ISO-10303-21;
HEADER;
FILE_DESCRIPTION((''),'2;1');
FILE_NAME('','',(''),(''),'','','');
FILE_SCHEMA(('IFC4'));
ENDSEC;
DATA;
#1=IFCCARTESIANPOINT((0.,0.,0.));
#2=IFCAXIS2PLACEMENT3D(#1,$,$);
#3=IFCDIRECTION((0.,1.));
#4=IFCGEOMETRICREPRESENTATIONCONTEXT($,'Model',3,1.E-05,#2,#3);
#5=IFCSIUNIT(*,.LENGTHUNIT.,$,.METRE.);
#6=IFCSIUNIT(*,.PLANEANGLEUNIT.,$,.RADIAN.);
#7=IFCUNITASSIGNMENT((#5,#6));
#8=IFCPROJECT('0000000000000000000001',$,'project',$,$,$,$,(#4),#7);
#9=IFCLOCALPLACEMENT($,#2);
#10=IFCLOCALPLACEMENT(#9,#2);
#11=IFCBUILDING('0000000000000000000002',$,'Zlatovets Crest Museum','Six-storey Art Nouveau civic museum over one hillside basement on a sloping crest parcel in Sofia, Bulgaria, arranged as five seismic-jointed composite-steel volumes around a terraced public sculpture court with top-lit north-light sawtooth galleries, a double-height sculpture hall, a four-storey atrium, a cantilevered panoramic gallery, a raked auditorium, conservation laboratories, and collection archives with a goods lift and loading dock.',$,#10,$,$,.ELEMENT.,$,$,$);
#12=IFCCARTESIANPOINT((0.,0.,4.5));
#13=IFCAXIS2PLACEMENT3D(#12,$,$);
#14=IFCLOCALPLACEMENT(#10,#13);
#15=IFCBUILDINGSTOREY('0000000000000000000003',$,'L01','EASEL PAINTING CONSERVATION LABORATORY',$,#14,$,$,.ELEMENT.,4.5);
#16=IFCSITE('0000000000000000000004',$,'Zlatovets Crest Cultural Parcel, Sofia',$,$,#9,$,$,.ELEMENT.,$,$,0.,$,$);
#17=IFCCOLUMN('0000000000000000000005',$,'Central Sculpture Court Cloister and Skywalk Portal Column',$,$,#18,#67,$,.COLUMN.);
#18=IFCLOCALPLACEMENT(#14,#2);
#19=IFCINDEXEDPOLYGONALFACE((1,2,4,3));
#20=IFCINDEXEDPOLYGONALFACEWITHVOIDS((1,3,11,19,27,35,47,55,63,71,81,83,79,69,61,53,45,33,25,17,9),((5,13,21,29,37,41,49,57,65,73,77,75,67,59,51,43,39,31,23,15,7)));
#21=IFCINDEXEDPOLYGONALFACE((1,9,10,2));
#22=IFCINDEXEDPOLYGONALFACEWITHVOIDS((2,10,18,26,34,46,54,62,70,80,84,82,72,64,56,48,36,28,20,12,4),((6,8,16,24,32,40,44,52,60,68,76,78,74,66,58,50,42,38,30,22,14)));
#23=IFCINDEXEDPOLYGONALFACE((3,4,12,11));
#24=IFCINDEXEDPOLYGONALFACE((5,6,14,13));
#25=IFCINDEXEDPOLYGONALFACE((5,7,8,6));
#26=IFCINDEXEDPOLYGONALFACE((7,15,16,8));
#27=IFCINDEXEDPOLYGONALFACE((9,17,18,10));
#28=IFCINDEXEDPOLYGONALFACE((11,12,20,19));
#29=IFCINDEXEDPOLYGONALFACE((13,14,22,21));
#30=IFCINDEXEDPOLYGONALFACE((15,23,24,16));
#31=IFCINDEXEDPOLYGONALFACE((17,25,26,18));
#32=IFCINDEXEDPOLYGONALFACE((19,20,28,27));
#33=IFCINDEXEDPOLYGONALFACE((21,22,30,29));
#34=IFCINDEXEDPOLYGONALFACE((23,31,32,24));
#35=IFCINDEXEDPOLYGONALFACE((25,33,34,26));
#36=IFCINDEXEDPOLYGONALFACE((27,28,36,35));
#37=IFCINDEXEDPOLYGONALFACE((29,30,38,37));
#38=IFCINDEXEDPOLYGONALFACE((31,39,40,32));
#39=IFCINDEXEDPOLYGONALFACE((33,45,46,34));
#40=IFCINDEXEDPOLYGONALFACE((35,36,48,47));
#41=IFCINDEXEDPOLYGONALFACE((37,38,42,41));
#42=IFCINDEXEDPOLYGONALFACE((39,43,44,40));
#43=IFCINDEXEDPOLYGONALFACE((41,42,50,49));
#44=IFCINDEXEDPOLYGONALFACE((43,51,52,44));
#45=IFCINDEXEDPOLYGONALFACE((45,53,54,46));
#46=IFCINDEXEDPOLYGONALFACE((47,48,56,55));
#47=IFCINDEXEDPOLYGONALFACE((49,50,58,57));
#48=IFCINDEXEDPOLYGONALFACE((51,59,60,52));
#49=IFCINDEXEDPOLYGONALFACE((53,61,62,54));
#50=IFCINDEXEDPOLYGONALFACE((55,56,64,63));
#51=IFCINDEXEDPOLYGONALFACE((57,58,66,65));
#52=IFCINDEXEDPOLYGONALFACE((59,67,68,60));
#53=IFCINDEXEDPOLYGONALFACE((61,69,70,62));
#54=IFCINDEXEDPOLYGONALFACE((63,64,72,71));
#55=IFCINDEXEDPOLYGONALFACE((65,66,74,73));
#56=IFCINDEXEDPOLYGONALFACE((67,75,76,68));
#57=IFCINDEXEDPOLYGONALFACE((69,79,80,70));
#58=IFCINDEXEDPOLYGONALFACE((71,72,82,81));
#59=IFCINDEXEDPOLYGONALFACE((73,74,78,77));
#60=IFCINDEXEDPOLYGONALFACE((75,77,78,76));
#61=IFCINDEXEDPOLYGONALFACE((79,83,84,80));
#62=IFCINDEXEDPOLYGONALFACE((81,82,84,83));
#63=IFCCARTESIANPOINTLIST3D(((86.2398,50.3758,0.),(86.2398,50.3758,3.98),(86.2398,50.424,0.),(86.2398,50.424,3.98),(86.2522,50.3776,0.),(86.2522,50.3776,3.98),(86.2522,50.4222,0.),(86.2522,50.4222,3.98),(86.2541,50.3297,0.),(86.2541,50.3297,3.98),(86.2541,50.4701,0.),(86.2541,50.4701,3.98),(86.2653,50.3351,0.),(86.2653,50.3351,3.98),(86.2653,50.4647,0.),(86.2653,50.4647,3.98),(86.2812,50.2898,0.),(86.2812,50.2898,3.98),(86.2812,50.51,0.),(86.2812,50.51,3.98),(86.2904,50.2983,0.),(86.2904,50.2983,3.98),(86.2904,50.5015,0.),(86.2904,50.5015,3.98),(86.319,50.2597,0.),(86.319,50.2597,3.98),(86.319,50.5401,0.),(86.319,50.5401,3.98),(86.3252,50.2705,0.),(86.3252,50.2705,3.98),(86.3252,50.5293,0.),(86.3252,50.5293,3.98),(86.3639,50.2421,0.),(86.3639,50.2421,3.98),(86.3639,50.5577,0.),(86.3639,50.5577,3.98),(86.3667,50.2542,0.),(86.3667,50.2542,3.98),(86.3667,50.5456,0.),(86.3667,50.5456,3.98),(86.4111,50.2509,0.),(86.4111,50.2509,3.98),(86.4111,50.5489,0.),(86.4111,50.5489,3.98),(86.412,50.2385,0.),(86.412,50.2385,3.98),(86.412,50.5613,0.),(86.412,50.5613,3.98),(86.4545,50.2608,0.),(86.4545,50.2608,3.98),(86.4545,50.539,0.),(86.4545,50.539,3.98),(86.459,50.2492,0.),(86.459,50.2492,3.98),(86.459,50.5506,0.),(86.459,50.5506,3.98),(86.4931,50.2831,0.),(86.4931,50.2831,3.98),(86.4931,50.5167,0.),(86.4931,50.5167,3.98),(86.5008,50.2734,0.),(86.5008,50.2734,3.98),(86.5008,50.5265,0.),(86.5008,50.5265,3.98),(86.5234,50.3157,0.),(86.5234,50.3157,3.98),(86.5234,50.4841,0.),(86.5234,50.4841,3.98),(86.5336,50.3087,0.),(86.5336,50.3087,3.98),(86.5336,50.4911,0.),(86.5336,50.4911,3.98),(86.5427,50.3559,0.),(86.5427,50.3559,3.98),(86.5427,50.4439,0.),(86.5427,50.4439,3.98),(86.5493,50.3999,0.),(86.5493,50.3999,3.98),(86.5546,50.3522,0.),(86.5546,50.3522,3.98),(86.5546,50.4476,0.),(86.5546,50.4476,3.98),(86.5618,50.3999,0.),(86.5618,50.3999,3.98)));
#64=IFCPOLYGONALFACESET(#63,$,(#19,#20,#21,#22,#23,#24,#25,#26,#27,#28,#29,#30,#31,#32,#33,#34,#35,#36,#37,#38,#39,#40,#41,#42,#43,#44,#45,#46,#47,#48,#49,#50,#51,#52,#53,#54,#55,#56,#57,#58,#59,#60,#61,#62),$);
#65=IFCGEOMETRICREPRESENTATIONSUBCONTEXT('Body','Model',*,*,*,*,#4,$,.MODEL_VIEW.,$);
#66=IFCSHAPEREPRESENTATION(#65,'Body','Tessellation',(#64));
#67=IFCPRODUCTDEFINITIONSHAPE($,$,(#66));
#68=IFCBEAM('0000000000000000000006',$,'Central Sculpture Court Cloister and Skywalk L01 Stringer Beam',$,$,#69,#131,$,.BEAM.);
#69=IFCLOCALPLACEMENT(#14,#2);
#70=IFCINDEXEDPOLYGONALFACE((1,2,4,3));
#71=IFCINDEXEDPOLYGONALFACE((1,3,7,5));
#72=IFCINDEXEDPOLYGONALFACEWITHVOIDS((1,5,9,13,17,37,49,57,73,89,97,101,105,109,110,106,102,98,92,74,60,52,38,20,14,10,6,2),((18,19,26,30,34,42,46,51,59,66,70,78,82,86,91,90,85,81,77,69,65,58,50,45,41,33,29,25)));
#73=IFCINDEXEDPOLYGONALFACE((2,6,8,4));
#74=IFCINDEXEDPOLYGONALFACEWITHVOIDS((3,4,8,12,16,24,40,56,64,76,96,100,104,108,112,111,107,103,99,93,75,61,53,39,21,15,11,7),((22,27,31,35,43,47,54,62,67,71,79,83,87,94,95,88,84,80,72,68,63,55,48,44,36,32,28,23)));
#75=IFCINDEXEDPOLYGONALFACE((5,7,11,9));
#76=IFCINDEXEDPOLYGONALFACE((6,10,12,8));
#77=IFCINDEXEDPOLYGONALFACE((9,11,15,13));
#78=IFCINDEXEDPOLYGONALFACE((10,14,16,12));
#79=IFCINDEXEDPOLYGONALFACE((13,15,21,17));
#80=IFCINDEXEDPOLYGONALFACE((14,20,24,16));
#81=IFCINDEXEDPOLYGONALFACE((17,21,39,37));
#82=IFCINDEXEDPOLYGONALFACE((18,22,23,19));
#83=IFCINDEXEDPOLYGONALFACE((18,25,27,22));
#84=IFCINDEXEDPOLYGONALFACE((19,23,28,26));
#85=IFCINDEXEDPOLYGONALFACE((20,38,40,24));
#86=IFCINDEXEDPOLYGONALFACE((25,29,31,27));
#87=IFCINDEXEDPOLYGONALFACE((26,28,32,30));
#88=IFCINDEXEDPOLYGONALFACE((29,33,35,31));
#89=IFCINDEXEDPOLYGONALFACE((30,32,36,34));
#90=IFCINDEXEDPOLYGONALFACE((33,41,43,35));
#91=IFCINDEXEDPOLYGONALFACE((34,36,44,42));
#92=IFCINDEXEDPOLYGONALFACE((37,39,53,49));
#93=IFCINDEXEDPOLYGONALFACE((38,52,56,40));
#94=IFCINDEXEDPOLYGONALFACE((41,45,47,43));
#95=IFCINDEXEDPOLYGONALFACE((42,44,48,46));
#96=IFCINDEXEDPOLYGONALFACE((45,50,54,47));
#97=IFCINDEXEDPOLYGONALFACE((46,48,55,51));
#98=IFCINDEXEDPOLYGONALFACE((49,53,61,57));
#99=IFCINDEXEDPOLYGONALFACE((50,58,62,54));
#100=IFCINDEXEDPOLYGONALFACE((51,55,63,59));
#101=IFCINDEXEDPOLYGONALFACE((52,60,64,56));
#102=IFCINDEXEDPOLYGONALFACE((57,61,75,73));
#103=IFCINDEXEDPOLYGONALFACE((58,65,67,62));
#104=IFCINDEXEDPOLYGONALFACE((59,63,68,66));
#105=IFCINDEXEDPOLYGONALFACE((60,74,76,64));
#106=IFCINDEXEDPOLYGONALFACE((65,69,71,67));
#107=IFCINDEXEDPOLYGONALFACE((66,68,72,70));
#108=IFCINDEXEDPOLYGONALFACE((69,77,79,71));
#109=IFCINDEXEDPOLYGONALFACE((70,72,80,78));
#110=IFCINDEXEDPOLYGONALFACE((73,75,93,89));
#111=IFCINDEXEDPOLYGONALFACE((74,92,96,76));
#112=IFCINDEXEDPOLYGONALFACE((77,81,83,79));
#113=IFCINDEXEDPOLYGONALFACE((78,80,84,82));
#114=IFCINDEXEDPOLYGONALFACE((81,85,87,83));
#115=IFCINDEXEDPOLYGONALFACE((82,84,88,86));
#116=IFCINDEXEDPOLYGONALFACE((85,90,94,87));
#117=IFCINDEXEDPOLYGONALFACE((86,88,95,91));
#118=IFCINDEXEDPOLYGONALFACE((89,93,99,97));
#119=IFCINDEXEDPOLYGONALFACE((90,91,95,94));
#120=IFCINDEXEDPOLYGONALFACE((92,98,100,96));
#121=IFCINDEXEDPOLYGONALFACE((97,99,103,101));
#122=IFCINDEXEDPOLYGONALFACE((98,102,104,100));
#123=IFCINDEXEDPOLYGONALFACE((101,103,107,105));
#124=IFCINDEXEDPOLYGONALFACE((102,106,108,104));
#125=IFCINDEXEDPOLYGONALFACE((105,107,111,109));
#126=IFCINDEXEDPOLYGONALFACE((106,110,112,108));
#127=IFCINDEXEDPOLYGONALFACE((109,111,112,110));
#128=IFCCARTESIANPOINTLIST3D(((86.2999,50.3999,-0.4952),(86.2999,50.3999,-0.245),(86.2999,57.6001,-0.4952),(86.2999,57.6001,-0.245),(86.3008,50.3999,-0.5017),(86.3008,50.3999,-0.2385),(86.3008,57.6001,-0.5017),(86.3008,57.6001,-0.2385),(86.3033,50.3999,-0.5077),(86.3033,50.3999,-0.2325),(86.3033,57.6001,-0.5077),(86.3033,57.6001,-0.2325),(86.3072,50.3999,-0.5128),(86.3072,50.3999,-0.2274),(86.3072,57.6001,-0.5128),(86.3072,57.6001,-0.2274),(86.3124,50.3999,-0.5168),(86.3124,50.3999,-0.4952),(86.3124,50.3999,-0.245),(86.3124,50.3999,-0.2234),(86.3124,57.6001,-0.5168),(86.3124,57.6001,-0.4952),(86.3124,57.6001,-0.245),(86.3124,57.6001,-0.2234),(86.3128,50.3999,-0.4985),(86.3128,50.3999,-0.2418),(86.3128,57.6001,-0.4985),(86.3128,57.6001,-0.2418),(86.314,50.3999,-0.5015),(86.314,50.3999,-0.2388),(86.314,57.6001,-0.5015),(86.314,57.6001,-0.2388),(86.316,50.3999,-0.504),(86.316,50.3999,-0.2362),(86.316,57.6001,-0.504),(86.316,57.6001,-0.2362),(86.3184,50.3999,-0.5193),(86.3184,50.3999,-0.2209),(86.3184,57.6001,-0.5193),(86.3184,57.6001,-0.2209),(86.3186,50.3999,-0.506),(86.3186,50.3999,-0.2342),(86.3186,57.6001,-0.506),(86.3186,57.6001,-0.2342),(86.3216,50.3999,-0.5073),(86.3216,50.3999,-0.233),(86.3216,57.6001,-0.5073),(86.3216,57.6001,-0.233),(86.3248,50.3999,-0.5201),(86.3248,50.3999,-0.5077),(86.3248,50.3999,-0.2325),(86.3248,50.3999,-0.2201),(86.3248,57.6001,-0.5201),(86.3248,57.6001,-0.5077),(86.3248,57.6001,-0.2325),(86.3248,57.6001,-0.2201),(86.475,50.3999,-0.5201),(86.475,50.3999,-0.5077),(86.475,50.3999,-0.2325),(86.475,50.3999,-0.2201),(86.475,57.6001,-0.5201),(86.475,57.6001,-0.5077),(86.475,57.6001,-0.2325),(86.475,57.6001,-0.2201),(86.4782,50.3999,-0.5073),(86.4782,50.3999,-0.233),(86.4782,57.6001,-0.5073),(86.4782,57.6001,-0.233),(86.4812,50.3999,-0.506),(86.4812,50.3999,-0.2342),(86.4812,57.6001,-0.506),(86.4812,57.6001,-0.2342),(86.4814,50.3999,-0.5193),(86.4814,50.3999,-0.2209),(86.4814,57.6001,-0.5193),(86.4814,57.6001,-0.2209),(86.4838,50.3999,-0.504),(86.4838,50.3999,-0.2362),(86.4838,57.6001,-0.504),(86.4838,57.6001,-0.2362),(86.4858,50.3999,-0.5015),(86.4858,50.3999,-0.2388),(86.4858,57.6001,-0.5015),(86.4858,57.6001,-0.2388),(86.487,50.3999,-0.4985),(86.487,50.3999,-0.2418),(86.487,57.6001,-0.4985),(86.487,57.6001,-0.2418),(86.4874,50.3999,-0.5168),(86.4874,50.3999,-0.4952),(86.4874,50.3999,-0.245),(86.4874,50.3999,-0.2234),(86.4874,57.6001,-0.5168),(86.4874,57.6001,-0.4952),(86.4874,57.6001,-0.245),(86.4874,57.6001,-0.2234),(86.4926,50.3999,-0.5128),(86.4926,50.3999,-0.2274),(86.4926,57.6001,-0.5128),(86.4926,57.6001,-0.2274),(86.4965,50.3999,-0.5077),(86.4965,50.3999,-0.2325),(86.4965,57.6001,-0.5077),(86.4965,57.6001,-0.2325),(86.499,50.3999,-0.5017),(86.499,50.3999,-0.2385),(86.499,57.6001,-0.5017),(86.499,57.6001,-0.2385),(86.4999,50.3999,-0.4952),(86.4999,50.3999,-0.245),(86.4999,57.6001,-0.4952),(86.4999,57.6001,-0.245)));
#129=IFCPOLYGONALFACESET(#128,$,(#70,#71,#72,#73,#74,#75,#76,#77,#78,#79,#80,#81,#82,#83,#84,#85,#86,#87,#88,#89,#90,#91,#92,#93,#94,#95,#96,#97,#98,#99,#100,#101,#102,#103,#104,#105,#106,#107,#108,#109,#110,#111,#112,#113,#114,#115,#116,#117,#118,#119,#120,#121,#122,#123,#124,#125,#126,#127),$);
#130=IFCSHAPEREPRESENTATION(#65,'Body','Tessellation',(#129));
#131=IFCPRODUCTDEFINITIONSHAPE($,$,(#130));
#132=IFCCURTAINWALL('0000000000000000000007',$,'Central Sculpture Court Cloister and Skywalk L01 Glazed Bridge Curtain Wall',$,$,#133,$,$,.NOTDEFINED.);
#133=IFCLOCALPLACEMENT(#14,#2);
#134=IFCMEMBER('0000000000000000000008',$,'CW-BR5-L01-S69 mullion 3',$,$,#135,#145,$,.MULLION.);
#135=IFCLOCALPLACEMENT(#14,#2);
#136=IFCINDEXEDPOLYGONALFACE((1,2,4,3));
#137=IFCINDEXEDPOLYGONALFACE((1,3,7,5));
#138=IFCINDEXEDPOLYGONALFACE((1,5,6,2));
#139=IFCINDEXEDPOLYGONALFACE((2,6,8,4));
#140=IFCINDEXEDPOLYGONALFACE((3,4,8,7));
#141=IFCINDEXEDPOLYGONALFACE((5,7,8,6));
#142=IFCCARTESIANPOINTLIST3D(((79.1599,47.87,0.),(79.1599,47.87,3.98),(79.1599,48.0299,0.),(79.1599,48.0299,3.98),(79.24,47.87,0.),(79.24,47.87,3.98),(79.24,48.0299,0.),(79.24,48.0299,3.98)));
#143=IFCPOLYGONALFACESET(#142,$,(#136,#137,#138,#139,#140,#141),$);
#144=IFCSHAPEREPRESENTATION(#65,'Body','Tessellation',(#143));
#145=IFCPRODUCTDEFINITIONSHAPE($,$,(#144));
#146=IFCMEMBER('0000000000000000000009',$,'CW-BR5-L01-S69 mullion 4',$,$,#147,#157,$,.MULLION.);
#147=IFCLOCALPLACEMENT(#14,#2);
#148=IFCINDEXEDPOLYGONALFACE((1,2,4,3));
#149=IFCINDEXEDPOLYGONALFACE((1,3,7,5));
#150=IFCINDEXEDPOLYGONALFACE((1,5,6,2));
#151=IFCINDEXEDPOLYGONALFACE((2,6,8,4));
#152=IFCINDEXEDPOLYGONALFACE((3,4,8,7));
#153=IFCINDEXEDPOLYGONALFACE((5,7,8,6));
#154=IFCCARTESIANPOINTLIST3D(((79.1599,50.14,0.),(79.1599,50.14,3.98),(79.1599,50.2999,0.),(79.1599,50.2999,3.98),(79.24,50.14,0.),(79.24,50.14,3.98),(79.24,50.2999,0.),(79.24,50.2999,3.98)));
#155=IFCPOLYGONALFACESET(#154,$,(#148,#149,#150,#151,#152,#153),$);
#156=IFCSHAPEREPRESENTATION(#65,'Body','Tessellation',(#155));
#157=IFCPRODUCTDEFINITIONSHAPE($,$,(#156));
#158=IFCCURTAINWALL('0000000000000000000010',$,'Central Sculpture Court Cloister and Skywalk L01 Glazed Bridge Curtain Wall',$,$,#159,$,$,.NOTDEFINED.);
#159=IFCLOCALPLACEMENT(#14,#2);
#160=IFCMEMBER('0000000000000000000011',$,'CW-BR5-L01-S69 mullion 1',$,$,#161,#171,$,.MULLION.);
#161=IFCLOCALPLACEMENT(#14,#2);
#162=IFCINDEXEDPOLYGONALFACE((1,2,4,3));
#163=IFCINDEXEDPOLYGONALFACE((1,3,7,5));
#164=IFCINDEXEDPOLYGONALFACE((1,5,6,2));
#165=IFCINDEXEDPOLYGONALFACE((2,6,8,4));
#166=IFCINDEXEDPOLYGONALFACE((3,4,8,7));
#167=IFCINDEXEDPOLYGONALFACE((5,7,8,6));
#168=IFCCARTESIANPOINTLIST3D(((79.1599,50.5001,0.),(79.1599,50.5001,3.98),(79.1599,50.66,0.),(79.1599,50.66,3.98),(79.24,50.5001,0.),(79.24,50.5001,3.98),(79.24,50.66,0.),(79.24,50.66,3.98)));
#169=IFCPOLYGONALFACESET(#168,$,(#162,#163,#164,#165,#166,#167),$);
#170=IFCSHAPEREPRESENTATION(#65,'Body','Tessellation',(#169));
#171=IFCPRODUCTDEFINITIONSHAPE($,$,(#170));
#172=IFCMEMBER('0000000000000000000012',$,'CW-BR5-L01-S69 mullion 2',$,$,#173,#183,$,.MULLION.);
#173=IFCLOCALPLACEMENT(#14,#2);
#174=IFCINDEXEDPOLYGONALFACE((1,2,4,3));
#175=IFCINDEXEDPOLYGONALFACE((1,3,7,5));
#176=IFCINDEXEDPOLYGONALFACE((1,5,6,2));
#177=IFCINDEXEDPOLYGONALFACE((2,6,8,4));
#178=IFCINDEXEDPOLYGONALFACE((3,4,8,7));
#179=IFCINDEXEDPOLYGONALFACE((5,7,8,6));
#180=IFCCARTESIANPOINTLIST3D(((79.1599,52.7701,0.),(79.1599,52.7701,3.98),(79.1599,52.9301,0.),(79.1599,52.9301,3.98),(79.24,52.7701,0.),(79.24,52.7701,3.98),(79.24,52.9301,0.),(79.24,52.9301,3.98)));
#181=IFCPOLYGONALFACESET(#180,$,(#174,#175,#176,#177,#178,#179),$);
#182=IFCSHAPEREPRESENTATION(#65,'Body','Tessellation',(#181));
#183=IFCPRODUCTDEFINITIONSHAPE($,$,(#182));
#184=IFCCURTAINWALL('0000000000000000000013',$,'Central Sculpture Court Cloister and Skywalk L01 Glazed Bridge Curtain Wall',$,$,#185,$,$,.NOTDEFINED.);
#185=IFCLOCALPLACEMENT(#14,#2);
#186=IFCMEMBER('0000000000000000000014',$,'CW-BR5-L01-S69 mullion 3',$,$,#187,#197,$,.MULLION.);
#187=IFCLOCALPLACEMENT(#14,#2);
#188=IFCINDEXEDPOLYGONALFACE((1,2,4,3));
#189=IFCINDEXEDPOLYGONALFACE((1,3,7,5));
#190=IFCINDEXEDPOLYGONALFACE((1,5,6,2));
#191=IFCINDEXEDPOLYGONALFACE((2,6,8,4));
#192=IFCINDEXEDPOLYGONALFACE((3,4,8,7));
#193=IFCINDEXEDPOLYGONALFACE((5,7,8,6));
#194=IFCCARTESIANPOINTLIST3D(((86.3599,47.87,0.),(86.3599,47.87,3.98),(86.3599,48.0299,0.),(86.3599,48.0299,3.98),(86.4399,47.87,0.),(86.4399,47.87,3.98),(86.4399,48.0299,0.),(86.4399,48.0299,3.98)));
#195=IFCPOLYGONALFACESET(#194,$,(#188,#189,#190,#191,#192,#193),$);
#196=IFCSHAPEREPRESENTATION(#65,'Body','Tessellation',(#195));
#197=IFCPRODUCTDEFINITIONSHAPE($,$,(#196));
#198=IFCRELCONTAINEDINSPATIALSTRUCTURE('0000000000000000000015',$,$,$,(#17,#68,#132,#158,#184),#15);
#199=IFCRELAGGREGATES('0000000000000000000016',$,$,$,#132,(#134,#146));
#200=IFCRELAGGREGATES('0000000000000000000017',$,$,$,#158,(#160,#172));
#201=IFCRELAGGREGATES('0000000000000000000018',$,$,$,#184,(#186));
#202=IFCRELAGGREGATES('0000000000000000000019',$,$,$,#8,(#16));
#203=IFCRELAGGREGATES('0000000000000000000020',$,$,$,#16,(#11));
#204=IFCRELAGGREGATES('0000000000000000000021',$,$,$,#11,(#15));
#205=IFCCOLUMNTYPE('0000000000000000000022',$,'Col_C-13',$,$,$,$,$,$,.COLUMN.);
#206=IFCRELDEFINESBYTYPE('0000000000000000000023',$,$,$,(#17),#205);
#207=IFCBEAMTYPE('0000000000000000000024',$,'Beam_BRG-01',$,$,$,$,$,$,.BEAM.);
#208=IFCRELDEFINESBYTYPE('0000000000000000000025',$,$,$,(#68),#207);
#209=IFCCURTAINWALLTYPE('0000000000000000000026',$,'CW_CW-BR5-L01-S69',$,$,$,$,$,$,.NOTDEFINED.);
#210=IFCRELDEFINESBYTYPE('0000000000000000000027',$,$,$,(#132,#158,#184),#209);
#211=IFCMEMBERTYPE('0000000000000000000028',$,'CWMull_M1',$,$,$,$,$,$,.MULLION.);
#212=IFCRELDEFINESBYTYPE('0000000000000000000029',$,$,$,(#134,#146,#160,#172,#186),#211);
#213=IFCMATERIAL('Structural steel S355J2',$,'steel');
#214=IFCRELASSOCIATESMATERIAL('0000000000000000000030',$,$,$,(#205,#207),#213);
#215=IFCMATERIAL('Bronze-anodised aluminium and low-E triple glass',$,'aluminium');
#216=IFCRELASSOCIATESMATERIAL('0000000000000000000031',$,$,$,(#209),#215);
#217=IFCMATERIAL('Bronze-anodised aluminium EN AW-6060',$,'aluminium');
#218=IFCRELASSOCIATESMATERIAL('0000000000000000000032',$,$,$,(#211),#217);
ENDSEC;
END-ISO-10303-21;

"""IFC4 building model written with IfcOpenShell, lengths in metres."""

from ifc_helpers import new_model, si_unit, direction, frame, origin, origin_2d, place, context, subcontext, project, spatial, rectangle, hollow_rectangle, hollow_circle, extrude, material, material_profile, profile_set, type_object, element, aggregate, save


model = new_model("IFC4")

# Units and contexts
model_context = context("Model", 3, precision=1e-05, world=origin(), true_north=direction((0.0, 1.0)))
body_context = subcontext(model_context, "Body", "Model", "MODEL_VIEW")
ifc_project = project(units=[si_unit("LENGTHUNIT", "METRE"), si_unit("PLANEANGLEUNIT", "RADIAN")], contexts=[model_context])

# Site, building, storey
site_placement = place(None, origin())
site = spatial("IfcSite", under=ifc_project, at=site_placement, Name="Zlatovets Crest Cultural Parcel, Sofia", CompositionType="ELEMENT", RefElevation=0.0)
building_placement = place(site_placement, origin())
building = spatial("IfcBuilding", under=site, at=building_placement, Name="Zlatovets Crest Museum", Description="Six-storey Art Nouveau civic museum over one hillside basement on a sloping crest parcel in Sofia, Bulgaria, arranged as five seismic-jointed composite-steel volumes around a terraced public sculpture court with top-lit north-light sawtooth galleries, a double-height sculpture hall, a four-storey atrium, a cantilevered panoramic gallery, a raked auditorium, conservation laboratories, and collection archives with a goods lift and loading dock.", CompositionType="ELEMENT")
storey_placement = place(building_placement, frame((0.0, 0.0, 4.5)))
storey = spatial("IfcBuildingStorey", under=building, at=storey_placement, Name="L01", Description="EASEL PAINTING CONSERVATION LABORATORY", CompositionType="ELEMENT", Elevation=4.5)

# Column
ifc_material_1 = material(Name="Structural steel S355J2", Category="steel")
ifc_material_profile_1 = material_profile(ifc_material_1, hollow_circle(Radius=0.1619, WallThickness=0.0125, at=origin_2d()), Name="CHS 323.9x12.5")
ifc_profile_set_1 = profile_set([ifc_material_profile_1], Name="Structural steel S355J2")
column_type = type_object("IfcColumnType", Name="Col_C-13", PredefinedType="COLUMN", material=ifc_profile_set_1)
column_placement = place(storey_placement, frame((86.3999, 50.3999, 0.0), z_axis=(0.0, 0.0, 1.0), x_axis=(1.0, 0.0, 0.0)))
element("IfcColumn", 1, at=column_placement, inside=storey, type_object=column_type, Name="Central Sculpture Court Cloister and Skywalk Portal Column", PredefinedType="COLUMN", context=body_context, shape_type="SweptSolid", body=[
    extrude(hollow_circle(Radius=0.1619, WallThickness=0.0125, at=origin_2d()), origin(), (0.0, 0.0, 1.0), 3.98),
])

# Beam
ifc_material_profile_2 = material_profile(ifc_material_1, hollow_rectangle(XDim=0.2, YDim=0.3, WallThickness=0.0125, InnerFilletRadius=0.0125, OuterFilletRadius=0.0249, at=origin_2d()), Name="RHS 200x300x12.5")
ifc_profile_set_2 = profile_set([ifc_material_profile_2], Name="Structural steel S355J2")
beam_type = type_object("IfcBeamType", Name="Beam_BRG-01", PredefinedType="BEAM", material=ifc_profile_set_2)
beam_placement = place(storey_placement, frame((86.3999, 50.3999, -0.3701), z_axis=(0.0, 1.0, 0.0), x_axis=(-1.0, 0.0, 0.0)))
element("IfcBeam", 2, at=beam_placement, inside=storey, type_object=beam_type, Name="Central Sculpture Court Cloister and Skywalk L01 Stringer Beam", PredefinedType="BEAM", context=body_context, shape_type="SweptSolid", body=[
    extrude(hollow_rectangle(XDim=0.2, YDim=0.3, WallThickness=0.0125, InnerFilletRadius=0.0125, OuterFilletRadius=0.0249, at=origin_2d()), origin(), (0.0, 0.0, 1.0), 7.2002),
])

# Curtain walls, members
ifc_material_2 = material(Name="Bronze-anodised aluminium and low-E triple glass", Category="aluminium")
curtain_wall_type = type_object("IfcCurtainWallType", Name="CW_CW-BR5-L01-S69", PredefinedType="NOTDEFINED", material=ifc_material_2)
curtain_wall_1_placement = place(storey_placement, origin())
curtain_wall_1 = element("IfcCurtainWall", 3, at=curtain_wall_1_placement, inside=storey, type_object=curtain_wall_type, Name="Central Sculpture Court Cloister and Skywalk L01 Glazed Bridge Curtain Wall", PredefinedType="NOTDEFINED")
ifc_material_3 = material(Name="Bronze-anodised aluminium EN AW-6060", Category="aluminium")
ifc_material_profile_3 = material_profile(ifc_material_3, rectangle(XDim=0.0801, YDim=0.1599, at=origin_2d()), Name="ALU 80x160")
ifc_profile_set_3 = profile_set([ifc_material_profile_3], Name="Bronze-anodised aluminium EN AW-6060")
member_type_1 = type_object("IfcMemberType", Name="CWMull_M1", PredefinedType="MULLION", material=ifc_profile_set_3)
member_1_placement = place(storey_placement, frame((79.2, 47.95, 0.0), z_axis=(0.0, 0.0, 1.0), x_axis=(-1.0, 0.0, 0.0)))
member_1 = element("IfcMember", 4, at=member_1_placement, type_object=member_type_1, Name="CW-BR5-L01-S69 mullion 3", PredefinedType="MULLION", context=body_context, shape_type="SweptSolid", body=[
    extrude(rectangle(XDim=0.0801, YDim=0.1599, at=origin_2d()), origin(), (0.0, 0.0, 1.0), 3.98),
])
member_2_placement = place(storey_placement, frame((79.2, 50.22, 0.0), z_axis=(0.0, 0.0, 1.0), x_axis=(-1.0, 0.0, 0.0)))
member_2 = element("IfcMember", 5, at=member_2_placement, type_object=member_type_1, Name="CW-BR5-L01-S69 mullion 4", PredefinedType="MULLION", context=body_context, shape_type="SweptSolid", body=[
    extrude(rectangle(XDim=0.0801, YDim=0.1599, at=origin_2d()), origin(), (0.0, 0.0, 1.0), 3.98),
])
curtain_wall_2_placement = place(storey_placement, origin())
curtain_wall_2 = element("IfcCurtainWall", 6, at=curtain_wall_2_placement, inside=storey, type_object=curtain_wall_type, Name="Central Sculpture Court Cloister and Skywalk L01 Glazed Bridge Curtain Wall", PredefinedType="NOTDEFINED")
member_3_placement = place(storey_placement, frame((79.2, 50.5801, 0.0), z_axis=(0.0, 0.0, 1.0), x_axis=(-1.0, 0.0, 0.0)))
member_3 = element("IfcMember", 7, at=member_3_placement, type_object=member_type_1, Name="CW-BR5-L01-S69 mullion 1", PredefinedType="MULLION", context=body_context, shape_type="SweptSolid", body=[
    extrude(rectangle(XDim=0.0801, YDim=0.1599, at=origin_2d()), origin(), (0.0, 0.0, 1.0), 3.98),
])
member_4_placement = place(storey_placement, frame((79.2, 52.8501, 0.0), z_axis=(0.0, 0.0, 1.0), x_axis=(-1.0, 0.0, 0.0)))
member_4 = element("IfcMember", 8, at=member_4_placement, type_object=member_type_1, Name="CW-BR5-L01-S69 mullion 2", PredefinedType="MULLION", context=body_context, shape_type="SweptSolid", body=[
    extrude(rectangle(XDim=0.0801, YDim=0.1599, at=origin_2d()), origin(), (0.0, 0.0, 1.0), 3.98),
])
curtain_wall_3_placement = place(storey_placement, origin())
curtain_wall_3 = element("IfcCurtainWall", 9, at=curtain_wall_3_placement, inside=storey, type_object=curtain_wall_type, Name="Central Sculpture Court Cloister and Skywalk L01 Glazed Bridge Curtain Wall", PredefinedType="NOTDEFINED")
member_5_placement = place(storey_placement, frame((86.3999, 47.95, 0.0), z_axis=(0.0, 0.0, 1.0), x_axis=(-1.0, 0.0, 0.0)))
member_5 = element("IfcMember", 10, at=member_5_placement, type_object=member_type_1, Name="CW-BR5-L01-S69 mullion 3", PredefinedType="MULLION", context=body_context, shape_type="SweptSolid", body=[
    extrude(rectangle(XDim=0.0801, YDim=0.1599, at=origin_2d()), origin(), (0.0, 0.0, 1.0), 3.98),
])

aggregate(curtain_wall_1, [member_1, member_2])
aggregate(curtain_wall_2, [member_3, member_4])
aggregate(curtain_wall_3, [member_5])

save(model, "model.ifc")
